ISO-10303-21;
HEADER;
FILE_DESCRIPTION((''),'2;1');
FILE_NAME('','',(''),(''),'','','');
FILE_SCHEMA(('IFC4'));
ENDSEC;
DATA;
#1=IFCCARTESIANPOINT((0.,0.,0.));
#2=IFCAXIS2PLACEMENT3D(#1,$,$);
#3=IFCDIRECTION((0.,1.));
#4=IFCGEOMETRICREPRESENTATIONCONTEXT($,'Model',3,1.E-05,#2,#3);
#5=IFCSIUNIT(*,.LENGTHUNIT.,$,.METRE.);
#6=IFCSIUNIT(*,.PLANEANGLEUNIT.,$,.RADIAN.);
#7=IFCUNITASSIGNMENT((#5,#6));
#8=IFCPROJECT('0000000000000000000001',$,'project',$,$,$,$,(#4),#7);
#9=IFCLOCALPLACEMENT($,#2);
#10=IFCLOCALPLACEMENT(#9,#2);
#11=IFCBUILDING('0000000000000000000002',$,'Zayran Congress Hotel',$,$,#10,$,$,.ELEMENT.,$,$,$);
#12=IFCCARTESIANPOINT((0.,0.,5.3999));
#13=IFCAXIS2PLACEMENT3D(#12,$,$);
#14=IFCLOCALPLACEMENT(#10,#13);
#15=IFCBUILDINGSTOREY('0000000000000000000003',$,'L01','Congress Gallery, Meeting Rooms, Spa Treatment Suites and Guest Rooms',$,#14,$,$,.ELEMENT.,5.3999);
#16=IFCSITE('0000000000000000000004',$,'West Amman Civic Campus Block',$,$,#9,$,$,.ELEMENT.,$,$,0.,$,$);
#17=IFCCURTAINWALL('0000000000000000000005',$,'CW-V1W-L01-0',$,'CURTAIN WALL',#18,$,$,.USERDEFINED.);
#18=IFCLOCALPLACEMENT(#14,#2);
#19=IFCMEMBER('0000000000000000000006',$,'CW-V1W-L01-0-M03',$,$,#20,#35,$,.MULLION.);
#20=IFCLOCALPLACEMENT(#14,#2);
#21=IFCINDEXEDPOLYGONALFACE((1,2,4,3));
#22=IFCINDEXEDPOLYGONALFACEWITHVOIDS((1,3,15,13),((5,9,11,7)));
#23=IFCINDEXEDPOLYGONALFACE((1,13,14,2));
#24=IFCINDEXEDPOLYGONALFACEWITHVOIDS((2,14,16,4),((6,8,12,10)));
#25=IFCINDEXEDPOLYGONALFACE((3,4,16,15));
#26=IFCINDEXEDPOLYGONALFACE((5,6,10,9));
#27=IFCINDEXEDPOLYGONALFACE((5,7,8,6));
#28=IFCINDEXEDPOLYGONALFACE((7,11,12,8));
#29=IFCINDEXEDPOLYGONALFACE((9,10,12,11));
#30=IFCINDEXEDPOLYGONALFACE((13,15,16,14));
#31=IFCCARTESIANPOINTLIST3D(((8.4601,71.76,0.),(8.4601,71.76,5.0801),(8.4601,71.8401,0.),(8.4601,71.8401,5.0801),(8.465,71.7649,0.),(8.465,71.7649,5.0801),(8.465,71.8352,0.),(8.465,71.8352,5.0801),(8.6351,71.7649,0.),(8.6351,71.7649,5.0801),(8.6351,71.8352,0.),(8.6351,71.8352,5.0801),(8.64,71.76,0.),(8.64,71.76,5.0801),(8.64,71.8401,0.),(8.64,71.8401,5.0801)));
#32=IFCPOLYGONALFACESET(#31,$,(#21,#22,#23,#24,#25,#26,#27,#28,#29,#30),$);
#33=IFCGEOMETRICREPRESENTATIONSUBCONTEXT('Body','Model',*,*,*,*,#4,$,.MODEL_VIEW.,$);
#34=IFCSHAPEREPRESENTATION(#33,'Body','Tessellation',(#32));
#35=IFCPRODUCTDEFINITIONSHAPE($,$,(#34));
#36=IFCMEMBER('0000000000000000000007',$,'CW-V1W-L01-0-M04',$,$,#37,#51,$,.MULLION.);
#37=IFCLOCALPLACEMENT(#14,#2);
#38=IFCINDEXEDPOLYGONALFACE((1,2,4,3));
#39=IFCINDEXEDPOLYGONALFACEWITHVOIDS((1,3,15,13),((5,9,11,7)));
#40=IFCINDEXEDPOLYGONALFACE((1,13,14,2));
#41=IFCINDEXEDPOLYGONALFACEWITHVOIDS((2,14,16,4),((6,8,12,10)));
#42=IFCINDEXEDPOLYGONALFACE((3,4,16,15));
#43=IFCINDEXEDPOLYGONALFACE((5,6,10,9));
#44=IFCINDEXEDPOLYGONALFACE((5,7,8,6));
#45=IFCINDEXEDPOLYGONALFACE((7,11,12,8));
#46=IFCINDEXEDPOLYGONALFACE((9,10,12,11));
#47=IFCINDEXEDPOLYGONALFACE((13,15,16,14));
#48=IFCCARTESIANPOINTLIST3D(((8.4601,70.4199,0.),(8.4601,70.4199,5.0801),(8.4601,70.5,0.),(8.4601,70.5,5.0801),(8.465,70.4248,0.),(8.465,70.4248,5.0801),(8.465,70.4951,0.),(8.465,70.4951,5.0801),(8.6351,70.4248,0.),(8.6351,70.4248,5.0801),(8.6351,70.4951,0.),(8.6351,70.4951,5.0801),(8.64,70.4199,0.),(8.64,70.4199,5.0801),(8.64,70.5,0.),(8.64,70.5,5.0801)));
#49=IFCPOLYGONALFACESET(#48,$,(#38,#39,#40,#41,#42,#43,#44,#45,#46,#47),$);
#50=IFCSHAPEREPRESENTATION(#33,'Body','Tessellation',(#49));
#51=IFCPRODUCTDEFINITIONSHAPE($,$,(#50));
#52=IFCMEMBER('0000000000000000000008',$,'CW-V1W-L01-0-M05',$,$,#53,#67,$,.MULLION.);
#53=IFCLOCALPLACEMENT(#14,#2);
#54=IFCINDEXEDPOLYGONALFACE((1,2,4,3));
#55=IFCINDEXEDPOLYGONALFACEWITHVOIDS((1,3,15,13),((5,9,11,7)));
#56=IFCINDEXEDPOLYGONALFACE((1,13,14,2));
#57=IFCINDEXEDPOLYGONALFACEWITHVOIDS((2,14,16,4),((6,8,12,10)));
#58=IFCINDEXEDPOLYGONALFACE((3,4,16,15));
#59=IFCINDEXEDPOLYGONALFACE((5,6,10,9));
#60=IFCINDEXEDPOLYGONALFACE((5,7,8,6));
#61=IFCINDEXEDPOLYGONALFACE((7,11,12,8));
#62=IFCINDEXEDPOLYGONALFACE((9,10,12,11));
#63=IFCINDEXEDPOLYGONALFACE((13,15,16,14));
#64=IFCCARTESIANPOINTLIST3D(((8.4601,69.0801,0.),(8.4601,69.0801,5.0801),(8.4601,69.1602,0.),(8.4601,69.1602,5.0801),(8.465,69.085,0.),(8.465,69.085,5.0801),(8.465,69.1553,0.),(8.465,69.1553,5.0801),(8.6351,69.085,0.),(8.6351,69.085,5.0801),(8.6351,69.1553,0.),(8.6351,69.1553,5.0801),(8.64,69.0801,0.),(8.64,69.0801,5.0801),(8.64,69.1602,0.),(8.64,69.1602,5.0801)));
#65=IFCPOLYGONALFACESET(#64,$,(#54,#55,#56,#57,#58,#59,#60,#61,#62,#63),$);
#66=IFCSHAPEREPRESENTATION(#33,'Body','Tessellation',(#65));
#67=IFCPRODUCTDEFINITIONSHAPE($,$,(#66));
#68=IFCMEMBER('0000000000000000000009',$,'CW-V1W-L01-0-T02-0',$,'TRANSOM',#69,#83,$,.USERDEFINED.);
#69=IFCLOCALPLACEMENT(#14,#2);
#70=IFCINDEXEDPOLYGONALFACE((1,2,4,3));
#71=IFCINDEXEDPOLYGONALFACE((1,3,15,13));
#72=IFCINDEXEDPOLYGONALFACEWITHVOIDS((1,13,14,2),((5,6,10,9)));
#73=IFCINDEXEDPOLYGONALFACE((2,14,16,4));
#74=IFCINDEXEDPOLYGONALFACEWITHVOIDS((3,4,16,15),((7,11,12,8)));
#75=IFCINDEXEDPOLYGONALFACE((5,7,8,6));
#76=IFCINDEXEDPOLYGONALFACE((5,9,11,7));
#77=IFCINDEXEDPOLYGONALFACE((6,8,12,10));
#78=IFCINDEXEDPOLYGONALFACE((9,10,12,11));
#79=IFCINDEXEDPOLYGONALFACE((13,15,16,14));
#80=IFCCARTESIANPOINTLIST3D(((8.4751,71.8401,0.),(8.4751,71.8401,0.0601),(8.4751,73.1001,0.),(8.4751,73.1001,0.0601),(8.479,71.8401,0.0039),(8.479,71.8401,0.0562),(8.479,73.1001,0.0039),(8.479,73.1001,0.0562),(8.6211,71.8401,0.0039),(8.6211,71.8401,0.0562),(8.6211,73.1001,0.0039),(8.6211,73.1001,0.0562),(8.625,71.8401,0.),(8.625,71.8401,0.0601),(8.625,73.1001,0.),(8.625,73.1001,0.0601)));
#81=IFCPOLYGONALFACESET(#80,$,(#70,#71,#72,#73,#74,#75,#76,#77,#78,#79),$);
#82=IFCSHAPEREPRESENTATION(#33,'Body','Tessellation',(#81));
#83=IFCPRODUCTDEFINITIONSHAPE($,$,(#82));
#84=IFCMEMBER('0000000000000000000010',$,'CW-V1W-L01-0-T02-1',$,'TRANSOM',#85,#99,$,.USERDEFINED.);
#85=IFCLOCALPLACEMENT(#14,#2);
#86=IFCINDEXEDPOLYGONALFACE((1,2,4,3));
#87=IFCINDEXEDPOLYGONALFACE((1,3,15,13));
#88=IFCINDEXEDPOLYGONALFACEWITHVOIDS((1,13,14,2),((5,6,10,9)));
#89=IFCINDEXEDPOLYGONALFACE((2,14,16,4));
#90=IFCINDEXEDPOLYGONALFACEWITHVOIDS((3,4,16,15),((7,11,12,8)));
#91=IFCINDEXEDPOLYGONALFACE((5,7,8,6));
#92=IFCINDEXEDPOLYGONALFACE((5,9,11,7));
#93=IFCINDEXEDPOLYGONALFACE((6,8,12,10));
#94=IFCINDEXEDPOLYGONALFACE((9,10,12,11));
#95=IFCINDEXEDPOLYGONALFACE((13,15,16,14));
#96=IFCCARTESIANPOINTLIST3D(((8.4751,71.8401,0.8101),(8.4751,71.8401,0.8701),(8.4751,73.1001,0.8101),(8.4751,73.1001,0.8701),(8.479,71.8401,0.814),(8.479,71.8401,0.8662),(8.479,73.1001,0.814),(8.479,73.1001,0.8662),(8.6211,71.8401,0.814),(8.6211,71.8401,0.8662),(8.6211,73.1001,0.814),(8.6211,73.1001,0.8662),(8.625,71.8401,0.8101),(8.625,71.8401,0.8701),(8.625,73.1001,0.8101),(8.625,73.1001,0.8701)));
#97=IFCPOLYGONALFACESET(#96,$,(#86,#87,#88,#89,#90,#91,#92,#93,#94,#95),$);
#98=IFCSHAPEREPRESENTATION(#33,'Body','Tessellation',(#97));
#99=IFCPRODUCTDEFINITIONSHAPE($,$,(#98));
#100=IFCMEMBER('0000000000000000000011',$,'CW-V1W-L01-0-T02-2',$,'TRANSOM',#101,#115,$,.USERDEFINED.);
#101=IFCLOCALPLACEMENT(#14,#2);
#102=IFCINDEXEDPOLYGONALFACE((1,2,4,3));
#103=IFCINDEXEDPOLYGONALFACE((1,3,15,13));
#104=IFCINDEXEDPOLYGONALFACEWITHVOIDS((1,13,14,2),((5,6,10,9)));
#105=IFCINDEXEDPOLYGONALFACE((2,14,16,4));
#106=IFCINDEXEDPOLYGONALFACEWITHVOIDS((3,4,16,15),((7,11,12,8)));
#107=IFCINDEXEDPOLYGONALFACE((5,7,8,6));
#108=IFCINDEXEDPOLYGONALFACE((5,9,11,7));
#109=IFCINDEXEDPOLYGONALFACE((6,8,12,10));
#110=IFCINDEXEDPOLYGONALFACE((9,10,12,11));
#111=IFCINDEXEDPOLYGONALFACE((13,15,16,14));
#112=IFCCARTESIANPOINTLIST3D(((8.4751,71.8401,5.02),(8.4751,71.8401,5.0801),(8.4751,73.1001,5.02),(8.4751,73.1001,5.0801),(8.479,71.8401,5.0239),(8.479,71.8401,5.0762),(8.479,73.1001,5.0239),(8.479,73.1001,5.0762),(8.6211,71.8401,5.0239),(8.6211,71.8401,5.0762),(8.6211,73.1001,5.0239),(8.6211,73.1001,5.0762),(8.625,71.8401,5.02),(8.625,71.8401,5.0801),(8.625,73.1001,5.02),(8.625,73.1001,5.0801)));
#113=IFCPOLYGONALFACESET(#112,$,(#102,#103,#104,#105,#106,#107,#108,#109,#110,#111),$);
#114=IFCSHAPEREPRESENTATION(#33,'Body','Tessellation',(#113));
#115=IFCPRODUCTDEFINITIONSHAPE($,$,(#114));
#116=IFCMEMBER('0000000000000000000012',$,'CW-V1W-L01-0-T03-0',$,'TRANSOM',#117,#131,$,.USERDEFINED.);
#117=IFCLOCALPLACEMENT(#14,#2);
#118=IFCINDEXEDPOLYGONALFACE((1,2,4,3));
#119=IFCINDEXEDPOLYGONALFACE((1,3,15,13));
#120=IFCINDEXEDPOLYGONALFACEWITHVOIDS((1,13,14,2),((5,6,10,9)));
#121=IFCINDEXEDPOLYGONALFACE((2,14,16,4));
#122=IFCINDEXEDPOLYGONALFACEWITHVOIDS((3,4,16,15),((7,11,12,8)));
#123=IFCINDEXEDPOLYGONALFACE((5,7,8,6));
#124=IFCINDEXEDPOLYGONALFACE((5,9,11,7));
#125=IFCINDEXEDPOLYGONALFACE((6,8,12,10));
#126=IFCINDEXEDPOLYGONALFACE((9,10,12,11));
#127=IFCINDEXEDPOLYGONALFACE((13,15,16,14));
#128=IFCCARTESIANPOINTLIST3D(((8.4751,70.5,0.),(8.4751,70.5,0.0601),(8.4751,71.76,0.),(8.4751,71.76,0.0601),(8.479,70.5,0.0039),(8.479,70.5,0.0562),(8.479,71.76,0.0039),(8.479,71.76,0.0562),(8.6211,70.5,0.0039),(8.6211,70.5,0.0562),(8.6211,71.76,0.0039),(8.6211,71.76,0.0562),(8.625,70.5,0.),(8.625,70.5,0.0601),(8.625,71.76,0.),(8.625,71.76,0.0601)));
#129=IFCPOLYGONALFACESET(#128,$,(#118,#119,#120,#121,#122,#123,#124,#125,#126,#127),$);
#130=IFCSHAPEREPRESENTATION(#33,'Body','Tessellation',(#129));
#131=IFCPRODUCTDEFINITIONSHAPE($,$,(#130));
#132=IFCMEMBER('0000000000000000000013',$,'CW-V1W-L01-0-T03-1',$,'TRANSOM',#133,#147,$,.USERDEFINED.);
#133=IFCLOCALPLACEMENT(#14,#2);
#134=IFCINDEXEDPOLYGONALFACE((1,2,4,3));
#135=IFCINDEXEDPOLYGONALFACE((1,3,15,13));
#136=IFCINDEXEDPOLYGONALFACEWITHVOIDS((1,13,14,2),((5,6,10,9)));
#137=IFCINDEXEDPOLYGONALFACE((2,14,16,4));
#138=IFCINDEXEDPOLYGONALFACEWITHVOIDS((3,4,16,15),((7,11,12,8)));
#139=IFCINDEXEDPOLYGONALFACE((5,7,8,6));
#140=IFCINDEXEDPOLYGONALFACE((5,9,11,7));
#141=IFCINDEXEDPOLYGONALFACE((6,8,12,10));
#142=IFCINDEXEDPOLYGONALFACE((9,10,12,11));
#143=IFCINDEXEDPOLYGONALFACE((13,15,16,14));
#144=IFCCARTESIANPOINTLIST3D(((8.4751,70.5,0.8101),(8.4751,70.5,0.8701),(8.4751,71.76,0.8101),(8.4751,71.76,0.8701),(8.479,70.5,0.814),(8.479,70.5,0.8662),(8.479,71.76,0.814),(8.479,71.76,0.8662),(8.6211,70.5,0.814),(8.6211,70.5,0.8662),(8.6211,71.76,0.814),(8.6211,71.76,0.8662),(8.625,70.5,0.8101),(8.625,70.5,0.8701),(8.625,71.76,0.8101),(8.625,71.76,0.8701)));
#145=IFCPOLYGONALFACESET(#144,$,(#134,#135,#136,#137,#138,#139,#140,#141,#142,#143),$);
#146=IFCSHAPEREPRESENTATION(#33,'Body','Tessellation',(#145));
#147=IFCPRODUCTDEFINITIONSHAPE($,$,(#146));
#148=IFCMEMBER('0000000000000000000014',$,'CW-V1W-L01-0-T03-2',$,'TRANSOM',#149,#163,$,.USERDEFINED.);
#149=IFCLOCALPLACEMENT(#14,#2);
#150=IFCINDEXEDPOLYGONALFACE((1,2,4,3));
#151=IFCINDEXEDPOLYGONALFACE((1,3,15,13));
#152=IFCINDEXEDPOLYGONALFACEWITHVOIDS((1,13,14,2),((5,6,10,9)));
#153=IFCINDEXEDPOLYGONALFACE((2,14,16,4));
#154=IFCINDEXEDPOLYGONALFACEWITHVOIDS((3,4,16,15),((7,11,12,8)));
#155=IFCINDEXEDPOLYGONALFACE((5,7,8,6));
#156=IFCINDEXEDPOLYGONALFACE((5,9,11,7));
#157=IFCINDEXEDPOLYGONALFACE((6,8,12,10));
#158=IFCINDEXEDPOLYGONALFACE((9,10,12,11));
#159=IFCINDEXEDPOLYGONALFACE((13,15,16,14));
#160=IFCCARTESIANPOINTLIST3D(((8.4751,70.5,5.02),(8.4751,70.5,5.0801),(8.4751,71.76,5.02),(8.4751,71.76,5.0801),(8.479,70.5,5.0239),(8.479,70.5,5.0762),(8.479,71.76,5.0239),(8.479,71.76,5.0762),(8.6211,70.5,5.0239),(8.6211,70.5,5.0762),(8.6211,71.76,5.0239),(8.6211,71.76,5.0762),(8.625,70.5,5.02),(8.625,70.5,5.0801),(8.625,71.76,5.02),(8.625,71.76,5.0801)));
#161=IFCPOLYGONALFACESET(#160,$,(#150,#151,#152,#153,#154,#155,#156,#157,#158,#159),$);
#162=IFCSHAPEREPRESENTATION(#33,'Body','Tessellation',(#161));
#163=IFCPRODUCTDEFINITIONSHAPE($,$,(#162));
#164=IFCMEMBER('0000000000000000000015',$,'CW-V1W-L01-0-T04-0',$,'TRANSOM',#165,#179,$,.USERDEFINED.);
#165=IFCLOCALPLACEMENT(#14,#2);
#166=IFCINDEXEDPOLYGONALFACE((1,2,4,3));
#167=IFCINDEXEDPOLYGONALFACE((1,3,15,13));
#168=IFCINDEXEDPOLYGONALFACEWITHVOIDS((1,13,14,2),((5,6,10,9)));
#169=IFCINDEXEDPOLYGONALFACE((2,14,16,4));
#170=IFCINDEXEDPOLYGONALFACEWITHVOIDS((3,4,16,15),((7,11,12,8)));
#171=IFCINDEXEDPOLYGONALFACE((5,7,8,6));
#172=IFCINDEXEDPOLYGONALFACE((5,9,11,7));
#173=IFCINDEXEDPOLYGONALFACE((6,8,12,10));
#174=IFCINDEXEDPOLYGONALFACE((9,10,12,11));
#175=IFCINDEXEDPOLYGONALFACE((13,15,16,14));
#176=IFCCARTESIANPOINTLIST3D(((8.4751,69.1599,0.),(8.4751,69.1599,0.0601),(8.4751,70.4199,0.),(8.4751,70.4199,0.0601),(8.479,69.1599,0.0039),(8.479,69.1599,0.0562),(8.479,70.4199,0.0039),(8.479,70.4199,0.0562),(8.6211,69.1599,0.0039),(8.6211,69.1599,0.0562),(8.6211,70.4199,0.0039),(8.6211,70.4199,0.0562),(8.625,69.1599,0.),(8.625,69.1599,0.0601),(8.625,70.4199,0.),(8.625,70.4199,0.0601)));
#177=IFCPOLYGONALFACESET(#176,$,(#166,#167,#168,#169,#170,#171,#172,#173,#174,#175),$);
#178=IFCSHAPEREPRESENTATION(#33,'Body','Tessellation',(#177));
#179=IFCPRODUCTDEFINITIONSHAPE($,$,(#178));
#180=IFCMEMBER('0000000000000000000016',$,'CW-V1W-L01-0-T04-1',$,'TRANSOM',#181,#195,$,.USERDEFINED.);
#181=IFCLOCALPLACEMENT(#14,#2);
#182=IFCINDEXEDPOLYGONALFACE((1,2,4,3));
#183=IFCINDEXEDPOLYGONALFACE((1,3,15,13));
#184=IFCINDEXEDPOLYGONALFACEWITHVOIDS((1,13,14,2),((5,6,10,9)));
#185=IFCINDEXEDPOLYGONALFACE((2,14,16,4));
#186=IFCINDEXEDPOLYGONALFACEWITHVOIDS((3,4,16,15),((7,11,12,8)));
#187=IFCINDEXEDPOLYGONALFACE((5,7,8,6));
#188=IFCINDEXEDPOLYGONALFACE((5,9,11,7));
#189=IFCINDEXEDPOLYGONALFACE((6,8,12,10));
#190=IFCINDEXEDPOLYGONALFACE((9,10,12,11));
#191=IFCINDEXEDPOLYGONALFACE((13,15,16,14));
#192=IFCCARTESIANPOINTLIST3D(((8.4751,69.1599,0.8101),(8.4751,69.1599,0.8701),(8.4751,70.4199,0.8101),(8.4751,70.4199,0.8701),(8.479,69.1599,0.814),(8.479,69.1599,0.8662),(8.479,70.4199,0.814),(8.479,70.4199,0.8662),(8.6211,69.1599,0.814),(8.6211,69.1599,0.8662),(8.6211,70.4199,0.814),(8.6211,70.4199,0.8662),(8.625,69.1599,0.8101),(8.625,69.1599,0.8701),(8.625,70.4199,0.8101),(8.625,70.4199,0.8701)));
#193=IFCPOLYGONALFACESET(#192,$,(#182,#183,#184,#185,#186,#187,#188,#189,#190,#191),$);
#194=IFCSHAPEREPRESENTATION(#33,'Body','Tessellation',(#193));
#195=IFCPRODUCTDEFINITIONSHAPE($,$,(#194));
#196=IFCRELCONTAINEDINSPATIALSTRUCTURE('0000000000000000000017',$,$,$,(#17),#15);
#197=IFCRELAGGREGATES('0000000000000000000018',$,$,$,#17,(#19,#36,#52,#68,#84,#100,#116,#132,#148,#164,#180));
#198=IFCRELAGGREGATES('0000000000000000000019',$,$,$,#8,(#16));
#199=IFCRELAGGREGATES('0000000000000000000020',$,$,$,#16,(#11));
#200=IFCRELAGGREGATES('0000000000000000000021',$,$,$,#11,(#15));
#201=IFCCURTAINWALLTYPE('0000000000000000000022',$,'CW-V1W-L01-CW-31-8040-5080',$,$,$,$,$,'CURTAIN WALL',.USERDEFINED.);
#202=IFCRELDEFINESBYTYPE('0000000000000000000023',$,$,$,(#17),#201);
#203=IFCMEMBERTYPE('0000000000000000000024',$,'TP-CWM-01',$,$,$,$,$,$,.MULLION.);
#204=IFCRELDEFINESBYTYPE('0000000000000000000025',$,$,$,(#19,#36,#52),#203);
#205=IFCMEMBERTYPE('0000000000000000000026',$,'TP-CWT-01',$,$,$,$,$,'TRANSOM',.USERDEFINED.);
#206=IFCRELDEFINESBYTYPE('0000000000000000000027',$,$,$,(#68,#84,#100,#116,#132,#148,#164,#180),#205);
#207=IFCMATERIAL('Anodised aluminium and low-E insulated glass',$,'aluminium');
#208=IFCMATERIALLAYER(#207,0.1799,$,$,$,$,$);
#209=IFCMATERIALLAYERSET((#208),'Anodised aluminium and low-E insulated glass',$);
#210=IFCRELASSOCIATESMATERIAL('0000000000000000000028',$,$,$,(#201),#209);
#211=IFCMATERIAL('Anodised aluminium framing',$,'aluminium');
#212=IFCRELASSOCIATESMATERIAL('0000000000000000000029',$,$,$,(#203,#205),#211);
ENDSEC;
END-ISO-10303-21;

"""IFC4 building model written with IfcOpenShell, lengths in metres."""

from ifc_helpers import new_model, si_unit, direction, frame, origin, origin_2d, place, context, subcontext, project, spatial, hollow_rectangle, extrude, material, layer, layer_set, material_profile, profile_set, type_object, element, aggregate, save


model = new_model("IFC4")

# Units and contexts
model_context = context("Model", 3, precision=1e-05, world=origin(), true_north=direction((0.0, 1.0)))
body_context = subcontext(model_context, "Body", "Model", "MODEL_VIEW")
ifc_project = project(units=[si_unit("LENGTHUNIT", "METRE"), si_unit("PLANEANGLEUNIT", "RADIAN")], contexts=[model_context])

# Site, building, storey
site_placement = place(None, origin())
site = spatial("IfcSite", under=ifc_project, at=site_placement, Name="West Amman Civic Campus Block", CompositionType="ELEMENT", RefElevation=0.0)
building_placement = place(site_placement, origin())
building = spatial("IfcBuilding", under=site, at=building_placement, Name="Zayran Congress Hotel", CompositionType="ELEMENT")
storey_placement = place(building_placement, frame((0.0, 0.0, 5.3999)))
storey = spatial("IfcBuildingStorey", under=building, at=storey_placement, Name="L01", Description="Congress Gallery, Meeting Rooms, Spa Treatment Suites and Guest Rooms", CompositionType="ELEMENT", Elevation=5.3999)

# Curtain wall, members
ifc_material_1 = material(Name="Anodised aluminium and low-E insulated glass", Category="aluminium")
ifc_layer_1 = layer(ifc_material_1, 0.1799)
ifc_layer_set_1 = layer_set([ifc_layer_1], Name="Anodised aluminium and low-E insulated glass")
curtain_wall_type = type_object("IfcCurtainWallType", Name="CW-V1W-L01-CW-31-8040-5080", ElementType="CURTAIN WALL", PredefinedType="USERDEFINED", material=ifc_layer_set_1)
curtain_wall_placement = place(storey_placement, origin())
curtain_wall = element("IfcCurtainWall", 1, at=curtain_wall_placement, inside=storey, type_object=curtain_wall_type, Name="CW-V1W-L01-0", ObjectType="CURTAIN WALL", PredefinedType="USERDEFINED")
ifc_material_2 = material(Name="Anodised aluminium framing", Category="aluminium")
ifc_material_profile_1 = material_profile(ifc_material_2, hollow_rectangle(XDim=0.0801, YDim=0.1799, WallThickness=0.0049, at=origin_2d()), Name="RHS 180x80x5")
ifc_profile_set_1 = profile_set([ifc_material_profile_1], Name="Anodised aluminium framing")
member_type_1 = type_object("IfcMemberType", Name="TP-CWM-01", PredefinedType="MULLION", material=ifc_profile_set_1)
member_1_placement = place(storey_placement, frame((8.55, 71.8, 0.0), z_axis=(0.0, 0.0, 1.0), x_axis=(0.0, 1.0, 0.0)))
member_1 = element("IfcMember", 2, at=member_1_placement, type_object=member_type_1, Name="CW-V1W-L01-0-M03", PredefinedType="MULLION", context=body_context, shape_type="SweptSolid", body=[
    extrude(hollow_rectangle(XDim=0.0801, YDim=0.1799, WallThickness=0.0049, at=origin_2d()), origin(), (0.0, 0.0, 1.0), 5.0801),
])
member_2_placement = place(storey_placement, frame((8.55, 70.46, 0.0), z_axis=(0.0, 0.0, 1.0), x_axis=(0.0, 1.0, 0.0)))
member_2 = element("IfcMember", 3, at=member_2_placement, type_object=member_type_1, Name="CW-V1W-L01-0-M04", PredefinedType="MULLION", context=body_context, shape_type="SweptSolid", body=[
    extrude(hollow_rectangle(XDim=0.0801, YDim=0.1799, WallThickness=0.0049, at=origin_2d()), origin(), (0.0, 0.0, 1.0), 5.0801),
])
member_3_placement = place(storey_placement, frame((8.55, 69.1201, 0.0), z_axis=(0.0, 0.0, 1.0), x_axis=(0.0, 1.0, 0.0)))
member_3 = element("IfcMember", 4, at=member_3_placement, type_object=member_type_1, Name="CW-V1W-L01-0-M05", PredefinedType="MULLION", context=body_context, shape_type="SweptSolid", body=[
    extrude(hollow_rectangle(XDim=0.0801, YDim=0.1799, WallThickness=0.0049, at=origin_2d()), origin(), (0.0, 0.0, 1.0), 5.0801),
])
ifc_material_profile_2 = material_profile(ifc_material_2, hollow_rectangle(XDim=0.0601, YDim=0.1499, WallThickness=0.0039, at=origin_2d()), Name="RHS 150x60x4")
ifc_profile_set_2 = profile_set([ifc_material_profile_2], Name="Anodised aluminium framing")
member_type_2 = type_object("IfcMemberType", Name="TP-CWT-01", ElementType="TRANSOM", PredefinedType="USERDEFINED", material=ifc_profile_set_2)
member_4_placement = place(storey_placement, frame((8.55, 73.1001, 0.03), z_axis=(0.0, -1.0, 0.0), x_axis=(0.0, 0.0, 1.0)))
member_4 = element("IfcMember", 5, at=member_4_placement, type_object=member_type_2, Name="CW-V1W-L01-0-T02-0", ObjectType="TRANSOM", PredefinedType="USERDEFINED", context=body_context, shape_type="SweptSolid", body=[
    extrude(hollow_rectangle(XDim=0.0601, YDim=0.1499, WallThickness=0.0039, at=origin_2d()), origin(), (0.0, 0.0, 1.0), 1.26),
])
member_5_placement = place(storey_placement, frame((8.55, 73.1001, 0.8401), z_axis=(0.0, -1.0, 0.0), x_axis=(0.0, 0.0, 1.0)))
member_5 = element("IfcMember", 6, at=member_5_placement, type_object=member_type_2, Name="CW-V1W-L01-0-T02-1", ObjectType="TRANSOM", PredefinedType="USERDEFINED", context=body_context, shape_type="SweptSolid", body=[
    extrude(hollow_rectangle(XDim=0.0601, YDim=0.1499, WallThickness=0.0039, at=origin_2d()), origin(), (0.0, 0.0, 1.0), 1.26),
])
member_6_placement = place(storey_placement, frame((8.55, 73.1001, 5.05), z_axis=(0.0, -1.0, 0.0), x_axis=(0.0, 0.0, 1.0)))
member_6 = element("IfcMember", 7, at=member_6_placement, type_object=member_type_2, Name="CW-V1W-L01-0-T02-2", ObjectType="TRANSOM", PredefinedType="USERDEFINED", context=body_context, shape_type="SweptSolid", body=[
    extrude(hollow_rectangle(XDim=0.0601, YDim=0.1499, WallThickness=0.0039, at=origin_2d()), origin(), (0.0, 0.0, 1.0), 1.26),
])
member_7_placement = place(storey_placement, frame((8.55, 71.76, 0.03), z_axis=(0.0, -1.0, 0.0), x_axis=(0.0, 0.0, 1.0)))
member_7 = element("IfcMember", 8, at=member_7_placement, type_object=member_type_2, Name="CW-V1W-L01-0-T03-0", ObjectType="TRANSOM", PredefinedType="USERDEFINED", context=body_context, shape_type="SweptSolid", body=[
    extrude(hollow_rectangle(XDim=0.0601, YDim=0.1499, WallThickness=0.0039, at=origin_2d()), origin(), (0.0, 0.0, 1.0), 1.26),
])
member_8_placement = place(storey_placement, frame((8.55, 71.76, 0.8401), z_axis=(0.0, -1.0, 0.0), x_axis=(0.0, 0.0, 1.0)))
member_8 = element("IfcMember", 9, at=member_8_placement, type_object=member_type_2, Name="CW-V1W-L01-0-T03-1", ObjectType="TRANSOM", PredefinedType="USERDEFINED", context=body_context, shape_type="SweptSolid", body=[
    extrude(hollow_rectangle(XDim=0.0601, YDim=0.1499, WallThickness=0.0039, at=origin_2d()), origin(), (0.0, 0.0, 1.0), 1.26),
])
member_9_placement = place(storey_placement, frame((8.55, 71.76, 5.05), z_axis=(0.0, -1.0, 0.0), x_axis=(0.0, 0.0, 1.0)))
member_9 = element("IfcMember", 10, at=member_9_placement, type_object=member_type_2, Name="CW-V1W-L01-0-T03-2", ObjectType="TRANSOM", PredefinedType="USERDEFINED", context=body_context, shape_type="SweptSolid", body=[
    extrude(hollow_rectangle(XDim=0.0601, YDim=0.1499, WallThickness=0.0039, at=origin_2d()), origin(), (0.0, 0.0, 1.0), 1.26),
])
member_10_placement = place(storey_placement, frame((8.55, 70.4199, 0.03), z_axis=(0.0, -1.0, 0.0), x_axis=(0.0, 0.0, 1.0)))
member_10 = element("IfcMember", 11, at=member_10_placement, type_object=member_type_2, Name="CW-V1W-L01-0-T04-0", ObjectType="TRANSOM", PredefinedType="USERDEFINED", context=body_context, shape_type="SweptSolid", body=[
    extrude(hollow_rectangle(XDim=0.0601, YDim=0.1499, WallThickness=0.0039, at=origin_2d()), origin(), (0.0, 0.0, 1.0), 1.26),
])
member_11_placement = place(storey_placement, frame((8.55, 70.4199, 0.8401), z_axis=(0.0, -1.0, 0.0), x_axis=(0.0, 0.0, 1.0)))
member_11 = element("IfcMember", 12, at=member_11_placement, type_object=member_type_2, Name="CW-V1W-L01-0-T04-1", ObjectType="TRANSOM", PredefinedType="USERDEFINED", context=body_context, shape_type="SweptSolid", body=[
    extrude(hollow_rectangle(XDim=0.0601, YDim=0.1499, WallThickness=0.0039, at=origin_2d()), origin(), (0.0, 0.0, 1.0), 1.26),
])
aggregate(curtain_wall, [member_1, member_2, member_3, member_4, member_5, member_6, member_7, member_8, member_9, member_10, member_11])

save(model, "model.ifc")
